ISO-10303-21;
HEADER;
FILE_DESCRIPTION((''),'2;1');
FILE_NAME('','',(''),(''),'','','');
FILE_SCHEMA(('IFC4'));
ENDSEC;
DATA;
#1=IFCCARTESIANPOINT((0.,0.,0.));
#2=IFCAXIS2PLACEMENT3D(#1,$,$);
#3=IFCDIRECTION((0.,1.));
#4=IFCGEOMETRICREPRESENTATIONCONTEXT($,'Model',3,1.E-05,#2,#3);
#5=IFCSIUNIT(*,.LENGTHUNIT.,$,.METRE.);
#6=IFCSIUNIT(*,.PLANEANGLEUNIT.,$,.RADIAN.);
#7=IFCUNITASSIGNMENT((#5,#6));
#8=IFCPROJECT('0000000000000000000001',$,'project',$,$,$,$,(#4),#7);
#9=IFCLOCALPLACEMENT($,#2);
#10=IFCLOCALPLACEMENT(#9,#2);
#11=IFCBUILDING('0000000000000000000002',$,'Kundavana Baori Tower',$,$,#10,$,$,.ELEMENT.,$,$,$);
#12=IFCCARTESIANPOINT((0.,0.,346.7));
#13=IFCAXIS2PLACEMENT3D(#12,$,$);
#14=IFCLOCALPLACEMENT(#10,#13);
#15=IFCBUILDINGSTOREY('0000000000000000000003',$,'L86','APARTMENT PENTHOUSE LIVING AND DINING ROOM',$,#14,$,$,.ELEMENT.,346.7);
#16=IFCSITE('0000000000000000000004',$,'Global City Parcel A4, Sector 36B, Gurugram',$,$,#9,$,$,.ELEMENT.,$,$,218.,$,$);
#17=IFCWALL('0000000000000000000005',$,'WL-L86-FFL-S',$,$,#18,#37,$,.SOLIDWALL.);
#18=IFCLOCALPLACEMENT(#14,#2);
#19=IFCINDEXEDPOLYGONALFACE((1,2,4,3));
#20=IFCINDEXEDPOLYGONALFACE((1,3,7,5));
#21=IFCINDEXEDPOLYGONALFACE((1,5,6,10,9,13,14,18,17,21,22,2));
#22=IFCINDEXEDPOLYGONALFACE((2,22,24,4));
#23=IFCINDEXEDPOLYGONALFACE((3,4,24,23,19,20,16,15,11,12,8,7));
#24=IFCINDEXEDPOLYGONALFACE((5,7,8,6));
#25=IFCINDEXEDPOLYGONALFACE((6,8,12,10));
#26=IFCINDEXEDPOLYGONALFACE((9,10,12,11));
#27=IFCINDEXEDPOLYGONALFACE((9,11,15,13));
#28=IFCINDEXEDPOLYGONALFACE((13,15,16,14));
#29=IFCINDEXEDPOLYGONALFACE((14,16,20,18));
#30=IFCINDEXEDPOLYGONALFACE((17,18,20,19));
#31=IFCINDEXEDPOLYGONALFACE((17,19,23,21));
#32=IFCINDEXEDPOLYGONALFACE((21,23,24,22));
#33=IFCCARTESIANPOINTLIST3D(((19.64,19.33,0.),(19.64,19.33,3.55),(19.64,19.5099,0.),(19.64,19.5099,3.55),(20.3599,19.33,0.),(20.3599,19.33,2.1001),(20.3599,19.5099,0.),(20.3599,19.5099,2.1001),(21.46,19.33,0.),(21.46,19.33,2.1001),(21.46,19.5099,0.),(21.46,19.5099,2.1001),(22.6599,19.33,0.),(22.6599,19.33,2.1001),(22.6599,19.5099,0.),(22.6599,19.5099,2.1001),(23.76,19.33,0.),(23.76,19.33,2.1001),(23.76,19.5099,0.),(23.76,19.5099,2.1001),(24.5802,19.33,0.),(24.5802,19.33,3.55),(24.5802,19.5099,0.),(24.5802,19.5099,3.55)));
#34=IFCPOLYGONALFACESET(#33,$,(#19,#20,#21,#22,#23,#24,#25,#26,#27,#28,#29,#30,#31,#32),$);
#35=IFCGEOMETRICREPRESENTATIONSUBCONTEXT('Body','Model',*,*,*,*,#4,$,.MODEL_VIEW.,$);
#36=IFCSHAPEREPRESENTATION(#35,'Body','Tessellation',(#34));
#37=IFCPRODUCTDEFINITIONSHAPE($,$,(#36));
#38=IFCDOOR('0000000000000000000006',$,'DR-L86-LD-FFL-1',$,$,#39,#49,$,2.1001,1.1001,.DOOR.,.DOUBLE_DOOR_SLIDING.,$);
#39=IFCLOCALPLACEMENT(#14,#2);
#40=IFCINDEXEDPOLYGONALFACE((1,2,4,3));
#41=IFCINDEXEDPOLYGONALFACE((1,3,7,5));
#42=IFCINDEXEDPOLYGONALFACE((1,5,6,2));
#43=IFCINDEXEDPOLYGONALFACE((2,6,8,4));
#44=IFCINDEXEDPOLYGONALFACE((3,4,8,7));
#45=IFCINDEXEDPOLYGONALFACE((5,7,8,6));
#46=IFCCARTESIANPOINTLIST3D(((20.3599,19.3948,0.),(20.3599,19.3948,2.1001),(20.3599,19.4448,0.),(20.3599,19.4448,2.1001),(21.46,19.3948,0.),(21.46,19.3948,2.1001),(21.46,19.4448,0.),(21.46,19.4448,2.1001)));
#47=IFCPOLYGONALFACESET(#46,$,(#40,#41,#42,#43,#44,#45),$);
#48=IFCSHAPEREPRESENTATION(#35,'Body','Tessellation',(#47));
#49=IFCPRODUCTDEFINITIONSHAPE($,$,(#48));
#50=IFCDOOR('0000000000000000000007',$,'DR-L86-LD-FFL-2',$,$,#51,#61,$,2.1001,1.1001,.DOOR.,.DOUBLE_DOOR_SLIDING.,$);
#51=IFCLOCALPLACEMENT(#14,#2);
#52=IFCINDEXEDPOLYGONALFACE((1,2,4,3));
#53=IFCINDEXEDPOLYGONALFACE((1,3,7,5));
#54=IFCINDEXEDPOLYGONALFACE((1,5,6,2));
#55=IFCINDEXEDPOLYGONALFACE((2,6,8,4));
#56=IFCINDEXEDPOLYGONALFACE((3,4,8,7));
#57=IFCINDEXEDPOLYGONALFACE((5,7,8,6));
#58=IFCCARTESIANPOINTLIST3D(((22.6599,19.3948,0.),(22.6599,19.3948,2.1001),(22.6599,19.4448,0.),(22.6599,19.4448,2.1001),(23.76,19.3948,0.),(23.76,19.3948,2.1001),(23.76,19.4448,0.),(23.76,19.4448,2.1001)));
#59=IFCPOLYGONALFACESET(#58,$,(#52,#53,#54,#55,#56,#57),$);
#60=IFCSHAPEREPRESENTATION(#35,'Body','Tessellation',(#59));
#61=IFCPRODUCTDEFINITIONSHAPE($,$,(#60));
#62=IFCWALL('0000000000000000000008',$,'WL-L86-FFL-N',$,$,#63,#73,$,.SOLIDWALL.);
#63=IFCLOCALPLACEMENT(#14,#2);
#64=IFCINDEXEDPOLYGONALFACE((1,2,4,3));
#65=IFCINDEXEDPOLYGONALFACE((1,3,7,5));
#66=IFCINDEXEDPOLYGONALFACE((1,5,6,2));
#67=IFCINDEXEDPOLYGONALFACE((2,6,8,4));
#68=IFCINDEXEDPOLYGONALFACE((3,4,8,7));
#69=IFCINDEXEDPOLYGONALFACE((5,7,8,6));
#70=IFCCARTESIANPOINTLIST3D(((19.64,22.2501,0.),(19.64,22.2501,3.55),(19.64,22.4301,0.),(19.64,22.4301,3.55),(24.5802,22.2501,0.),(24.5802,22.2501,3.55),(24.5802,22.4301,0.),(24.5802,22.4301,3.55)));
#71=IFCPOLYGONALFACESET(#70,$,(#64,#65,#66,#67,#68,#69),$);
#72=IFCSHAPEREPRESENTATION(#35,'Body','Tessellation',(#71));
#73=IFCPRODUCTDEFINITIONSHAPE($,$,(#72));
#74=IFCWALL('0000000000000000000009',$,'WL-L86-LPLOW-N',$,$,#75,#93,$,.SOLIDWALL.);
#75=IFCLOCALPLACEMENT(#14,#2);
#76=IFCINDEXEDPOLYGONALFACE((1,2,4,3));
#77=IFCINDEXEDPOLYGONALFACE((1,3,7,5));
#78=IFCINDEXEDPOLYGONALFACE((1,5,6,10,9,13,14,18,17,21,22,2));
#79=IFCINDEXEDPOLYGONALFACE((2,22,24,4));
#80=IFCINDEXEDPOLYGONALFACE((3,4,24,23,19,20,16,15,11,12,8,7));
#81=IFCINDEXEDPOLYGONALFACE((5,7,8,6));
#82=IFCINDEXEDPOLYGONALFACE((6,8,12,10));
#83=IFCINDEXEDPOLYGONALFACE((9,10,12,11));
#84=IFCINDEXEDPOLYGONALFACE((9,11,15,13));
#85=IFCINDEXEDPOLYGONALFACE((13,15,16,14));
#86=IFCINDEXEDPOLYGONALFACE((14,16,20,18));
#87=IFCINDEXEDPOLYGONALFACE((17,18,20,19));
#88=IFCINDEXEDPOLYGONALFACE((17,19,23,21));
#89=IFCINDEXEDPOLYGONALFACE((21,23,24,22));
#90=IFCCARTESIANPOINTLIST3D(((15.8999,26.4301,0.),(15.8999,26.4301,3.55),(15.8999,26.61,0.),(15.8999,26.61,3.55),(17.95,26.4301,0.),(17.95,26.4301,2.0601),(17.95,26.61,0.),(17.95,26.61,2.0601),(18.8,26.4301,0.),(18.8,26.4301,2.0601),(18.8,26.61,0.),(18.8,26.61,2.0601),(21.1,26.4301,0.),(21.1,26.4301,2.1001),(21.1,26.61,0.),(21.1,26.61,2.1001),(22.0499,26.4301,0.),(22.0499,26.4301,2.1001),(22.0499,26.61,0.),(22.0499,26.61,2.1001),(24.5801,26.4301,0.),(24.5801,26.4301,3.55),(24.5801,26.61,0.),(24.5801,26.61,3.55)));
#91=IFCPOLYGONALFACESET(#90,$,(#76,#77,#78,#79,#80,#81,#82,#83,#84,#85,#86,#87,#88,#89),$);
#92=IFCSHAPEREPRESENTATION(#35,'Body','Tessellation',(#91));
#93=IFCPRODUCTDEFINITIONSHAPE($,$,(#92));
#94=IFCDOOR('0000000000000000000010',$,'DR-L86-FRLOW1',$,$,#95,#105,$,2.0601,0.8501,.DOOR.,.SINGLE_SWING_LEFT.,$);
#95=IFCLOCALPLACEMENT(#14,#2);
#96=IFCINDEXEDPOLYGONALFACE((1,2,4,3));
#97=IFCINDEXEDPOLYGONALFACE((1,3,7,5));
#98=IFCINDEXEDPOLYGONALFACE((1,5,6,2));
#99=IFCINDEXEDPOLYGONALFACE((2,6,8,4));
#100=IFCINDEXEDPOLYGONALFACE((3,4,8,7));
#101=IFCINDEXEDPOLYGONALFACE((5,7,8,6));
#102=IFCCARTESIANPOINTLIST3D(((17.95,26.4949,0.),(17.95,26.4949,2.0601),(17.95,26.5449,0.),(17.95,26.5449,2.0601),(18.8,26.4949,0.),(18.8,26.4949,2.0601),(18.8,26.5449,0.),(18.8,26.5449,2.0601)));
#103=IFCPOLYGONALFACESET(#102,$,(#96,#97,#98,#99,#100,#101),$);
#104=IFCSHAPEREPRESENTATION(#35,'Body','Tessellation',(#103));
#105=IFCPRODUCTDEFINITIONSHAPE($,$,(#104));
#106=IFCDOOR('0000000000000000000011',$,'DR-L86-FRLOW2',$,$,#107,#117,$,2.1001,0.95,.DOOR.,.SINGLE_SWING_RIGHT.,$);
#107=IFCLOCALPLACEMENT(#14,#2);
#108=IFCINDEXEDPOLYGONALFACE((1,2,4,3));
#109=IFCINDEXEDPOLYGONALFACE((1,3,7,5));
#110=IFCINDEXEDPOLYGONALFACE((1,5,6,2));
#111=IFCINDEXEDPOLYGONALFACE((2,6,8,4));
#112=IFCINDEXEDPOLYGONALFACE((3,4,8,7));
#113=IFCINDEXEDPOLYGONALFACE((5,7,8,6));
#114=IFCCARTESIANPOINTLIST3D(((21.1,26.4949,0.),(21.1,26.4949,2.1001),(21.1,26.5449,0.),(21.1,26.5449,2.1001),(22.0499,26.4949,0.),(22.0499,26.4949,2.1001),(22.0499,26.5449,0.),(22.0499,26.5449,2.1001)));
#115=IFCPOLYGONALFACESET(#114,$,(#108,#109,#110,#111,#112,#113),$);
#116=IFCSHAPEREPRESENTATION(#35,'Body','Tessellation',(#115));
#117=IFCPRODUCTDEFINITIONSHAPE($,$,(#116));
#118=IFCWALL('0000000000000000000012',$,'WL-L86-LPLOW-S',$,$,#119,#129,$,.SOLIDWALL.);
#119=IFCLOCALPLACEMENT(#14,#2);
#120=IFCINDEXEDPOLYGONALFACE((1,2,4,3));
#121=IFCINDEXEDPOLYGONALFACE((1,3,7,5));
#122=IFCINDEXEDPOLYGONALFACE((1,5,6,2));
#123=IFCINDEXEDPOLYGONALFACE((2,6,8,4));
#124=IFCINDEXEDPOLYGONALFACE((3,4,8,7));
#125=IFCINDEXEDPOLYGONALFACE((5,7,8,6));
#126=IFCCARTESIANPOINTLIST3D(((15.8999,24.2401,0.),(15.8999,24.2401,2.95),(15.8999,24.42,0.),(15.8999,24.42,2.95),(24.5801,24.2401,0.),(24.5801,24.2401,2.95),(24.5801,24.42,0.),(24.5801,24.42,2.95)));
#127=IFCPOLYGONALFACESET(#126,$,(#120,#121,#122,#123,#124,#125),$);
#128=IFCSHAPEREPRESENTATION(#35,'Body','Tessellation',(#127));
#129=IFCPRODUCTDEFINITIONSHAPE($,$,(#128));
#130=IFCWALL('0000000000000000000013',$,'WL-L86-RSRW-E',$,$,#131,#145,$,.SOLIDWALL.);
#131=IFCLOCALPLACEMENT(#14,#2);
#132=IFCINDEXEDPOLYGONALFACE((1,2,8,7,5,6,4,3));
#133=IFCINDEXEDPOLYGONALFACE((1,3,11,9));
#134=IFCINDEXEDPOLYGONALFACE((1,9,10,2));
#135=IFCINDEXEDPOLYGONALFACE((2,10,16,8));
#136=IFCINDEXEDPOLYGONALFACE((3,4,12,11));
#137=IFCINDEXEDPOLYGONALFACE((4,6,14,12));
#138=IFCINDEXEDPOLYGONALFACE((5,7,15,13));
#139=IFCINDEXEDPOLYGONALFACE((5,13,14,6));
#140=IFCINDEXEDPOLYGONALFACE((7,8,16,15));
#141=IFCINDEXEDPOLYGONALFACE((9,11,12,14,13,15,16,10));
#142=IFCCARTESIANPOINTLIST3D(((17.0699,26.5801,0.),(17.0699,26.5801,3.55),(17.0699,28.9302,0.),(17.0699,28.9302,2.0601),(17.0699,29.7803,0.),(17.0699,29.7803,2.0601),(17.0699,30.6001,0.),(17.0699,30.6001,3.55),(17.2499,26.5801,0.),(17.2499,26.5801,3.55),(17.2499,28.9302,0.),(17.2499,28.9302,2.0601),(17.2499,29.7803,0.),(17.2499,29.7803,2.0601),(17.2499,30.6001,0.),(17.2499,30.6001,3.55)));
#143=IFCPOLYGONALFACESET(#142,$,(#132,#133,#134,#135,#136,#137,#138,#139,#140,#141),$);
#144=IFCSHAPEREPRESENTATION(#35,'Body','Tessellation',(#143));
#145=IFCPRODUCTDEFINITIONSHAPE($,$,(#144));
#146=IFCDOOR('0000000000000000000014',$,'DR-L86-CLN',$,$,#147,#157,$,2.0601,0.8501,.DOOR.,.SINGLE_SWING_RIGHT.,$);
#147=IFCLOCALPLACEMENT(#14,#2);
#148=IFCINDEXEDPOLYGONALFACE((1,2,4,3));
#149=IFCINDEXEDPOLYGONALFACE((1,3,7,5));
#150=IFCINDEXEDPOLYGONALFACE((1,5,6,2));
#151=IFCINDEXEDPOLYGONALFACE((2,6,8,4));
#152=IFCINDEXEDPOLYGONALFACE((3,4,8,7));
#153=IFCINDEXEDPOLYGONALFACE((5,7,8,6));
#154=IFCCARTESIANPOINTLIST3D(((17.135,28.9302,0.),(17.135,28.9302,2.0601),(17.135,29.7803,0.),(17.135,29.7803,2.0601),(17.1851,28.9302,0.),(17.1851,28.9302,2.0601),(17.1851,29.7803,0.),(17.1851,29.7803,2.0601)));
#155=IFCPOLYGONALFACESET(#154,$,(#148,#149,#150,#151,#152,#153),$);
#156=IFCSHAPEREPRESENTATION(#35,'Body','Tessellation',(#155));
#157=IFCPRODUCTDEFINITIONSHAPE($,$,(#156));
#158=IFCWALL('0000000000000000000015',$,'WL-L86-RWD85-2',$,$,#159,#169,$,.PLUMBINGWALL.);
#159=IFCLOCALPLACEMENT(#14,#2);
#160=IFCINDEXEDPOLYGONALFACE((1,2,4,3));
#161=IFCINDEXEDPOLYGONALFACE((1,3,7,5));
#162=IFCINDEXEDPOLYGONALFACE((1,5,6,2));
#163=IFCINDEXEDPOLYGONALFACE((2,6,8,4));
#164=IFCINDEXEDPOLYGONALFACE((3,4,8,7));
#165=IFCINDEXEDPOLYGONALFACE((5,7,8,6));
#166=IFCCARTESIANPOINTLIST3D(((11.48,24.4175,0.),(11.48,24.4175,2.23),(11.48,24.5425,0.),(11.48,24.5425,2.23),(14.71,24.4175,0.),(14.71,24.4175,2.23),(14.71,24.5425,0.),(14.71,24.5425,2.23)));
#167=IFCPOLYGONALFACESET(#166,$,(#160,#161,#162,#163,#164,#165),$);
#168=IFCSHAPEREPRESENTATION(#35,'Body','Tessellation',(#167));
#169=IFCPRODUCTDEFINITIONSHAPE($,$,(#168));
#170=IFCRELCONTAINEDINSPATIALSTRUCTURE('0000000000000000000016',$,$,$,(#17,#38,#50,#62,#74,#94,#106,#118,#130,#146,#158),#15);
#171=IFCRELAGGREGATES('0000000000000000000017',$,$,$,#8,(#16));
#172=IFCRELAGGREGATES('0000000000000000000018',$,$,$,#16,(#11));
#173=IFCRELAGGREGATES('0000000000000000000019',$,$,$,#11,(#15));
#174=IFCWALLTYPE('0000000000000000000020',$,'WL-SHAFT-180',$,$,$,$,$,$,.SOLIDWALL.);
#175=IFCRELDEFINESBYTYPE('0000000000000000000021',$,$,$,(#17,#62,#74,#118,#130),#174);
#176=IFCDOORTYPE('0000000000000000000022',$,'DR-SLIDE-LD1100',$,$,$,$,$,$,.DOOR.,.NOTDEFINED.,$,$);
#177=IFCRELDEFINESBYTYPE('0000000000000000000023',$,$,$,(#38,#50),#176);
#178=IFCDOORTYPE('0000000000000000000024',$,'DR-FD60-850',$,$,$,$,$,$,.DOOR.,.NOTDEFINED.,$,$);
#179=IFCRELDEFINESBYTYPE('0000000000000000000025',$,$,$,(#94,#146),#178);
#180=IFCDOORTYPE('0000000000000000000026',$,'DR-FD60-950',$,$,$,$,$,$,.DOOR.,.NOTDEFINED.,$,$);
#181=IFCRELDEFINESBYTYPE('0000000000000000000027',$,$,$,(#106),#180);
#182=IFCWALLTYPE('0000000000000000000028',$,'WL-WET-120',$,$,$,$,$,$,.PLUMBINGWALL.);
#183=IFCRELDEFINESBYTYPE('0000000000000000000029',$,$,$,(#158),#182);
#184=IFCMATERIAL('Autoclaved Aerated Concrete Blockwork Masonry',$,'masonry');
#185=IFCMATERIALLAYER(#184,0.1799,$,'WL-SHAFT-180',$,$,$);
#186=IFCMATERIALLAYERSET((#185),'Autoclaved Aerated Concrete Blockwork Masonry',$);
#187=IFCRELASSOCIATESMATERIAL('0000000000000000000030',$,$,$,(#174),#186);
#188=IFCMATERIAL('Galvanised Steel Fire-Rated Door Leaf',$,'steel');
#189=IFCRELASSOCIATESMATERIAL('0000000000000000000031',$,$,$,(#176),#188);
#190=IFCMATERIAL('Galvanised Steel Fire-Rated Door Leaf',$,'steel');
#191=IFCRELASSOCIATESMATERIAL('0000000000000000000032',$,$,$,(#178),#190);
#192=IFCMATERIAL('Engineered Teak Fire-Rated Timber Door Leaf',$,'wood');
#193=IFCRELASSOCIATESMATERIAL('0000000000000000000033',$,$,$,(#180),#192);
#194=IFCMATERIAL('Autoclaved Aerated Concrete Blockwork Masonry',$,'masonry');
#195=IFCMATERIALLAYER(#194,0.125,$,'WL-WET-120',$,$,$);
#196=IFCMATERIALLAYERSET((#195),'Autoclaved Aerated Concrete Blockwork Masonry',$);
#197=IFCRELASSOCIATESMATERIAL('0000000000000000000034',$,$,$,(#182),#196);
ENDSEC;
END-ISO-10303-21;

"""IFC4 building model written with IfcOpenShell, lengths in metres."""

from ifc_helpers import new_model, si_unit, direction, frame, frame_2d, origin, place, context, subcontext, project, spatial, rectangle, extrude, material, layer, layer_set, type_object, element, fill, save


model = new_model("IFC4")

# Units and contexts
model_context = context("Model", 3, precision=1e-05, world=origin(), true_north=direction((0.0, 1.0)))
body_context = subcontext(model_context, "Body", "Model", "MODEL_VIEW")
ifc_project = project(units=[si_unit("LENGTHUNIT", "METRE"), si_unit("PLANEANGLEUNIT", "RADIAN")], contexts=[model_context])

# Site, building, storey
site_placement = place(None, origin())
site = spatial("IfcSite", under=ifc_project, at=site_placement, Name="Global City Parcel A4, Sector 36B, Gurugram", CompositionType="ELEMENT", RefElevation=218.0)
building_placement = place(site_placement, origin())
building = spatial("IfcBuilding", under=site, at=building_placement, Name="Kundavana Baori Tower", CompositionType="ELEMENT")
storey_placement = place(building_placement, frame((0.0, 0.0, 346.7)))
storey = spatial("IfcBuildingStorey", under=building, at=storey_placement, Name="L86", Description="APARTMENT PENTHOUSE LIVING AND DINING ROOM", CompositionType="ELEMENT", Elevation=346.7)

# Wall, openings, doors
ifc_material_1 = material(Name="Autoclaved Aerated Concrete Blockwork Masonry", Category="masonry")
ifc_layer_1 = layer(ifc_material_1, 0.1799, Name="WL-SHAFT-180")
ifc_layer_set_1 = layer_set([ifc_layer_1], Name="Autoclaved Aerated Concrete Blockwork Masonry")
wall_type_1 = type_object("IfcWallType", Name="WL-SHAFT-180", PredefinedType="SOLIDWALL", material=ifc_layer_set_1)
wall_1_placement = place(storey_placement, frame((19.6399, 19.4199, 0.0), z_axis=(0.0, 0.0, 1.0), x_axis=(1.0, 0.0, 0.0)))
wall_1 = element("IfcWall", 1, at=wall_1_placement, inside=storey, type_object=wall_type_1, Name="WL-L86-FFL-S", PredefinedType="SOLIDWALL", context=body_context, shape_type="SweptSolid", body=[
    extrude(rectangle(XDim=4.9402, YDim=0.1799, at=frame_2d((2.4702, 0.0))), origin(), (0.0, 0.0, 1.0), 3.55),
])
opening_1_placement = place(wall_1_placement, frame((0.72, 0.0, 0.0)))
opening_1 = element("IfcOpeningElement", 2, at=opening_1_placement, cuts=wall_1, PredefinedType="OPENING", context=body_context, shape_type="SweptSolid", body=[
    extrude(rectangle(XDim=1.1001, YDim=2.1001, at=frame_2d((0.55, 1.05))), frame((0.0, 0.1001, 0.0), z_axis=(0.0, -1.0, 0.0), x_axis=(1.0, 0.0, 0.0)), (0.0, 0.0, 1.0), 0.2),
])
opening_2_placement = place(wall_1_placement, frame((3.02, 0.0, 0.0)))
opening_2 = element("IfcOpeningElement", 3, at=opening_2_placement, cuts=wall_1, PredefinedType="OPENING", context=body_context, shape_type="SweptSolid", body=[
    extrude(rectangle(XDim=1.1001, YDim=2.1001, at=frame_2d((0.55, 1.05))), frame((0.0, 0.1001, 0.0), z_axis=(0.0, -1.0, 0.0), x_axis=(1.0, 0.0, 0.0)), (0.0, 0.0, 1.0), 0.2),
])
ifc_material_2 = material(Name="Galvanised Steel Fire-Rated Door Leaf", Category="steel")
door_type_1 = type_object("IfcDoorType", Name="DR-SLIDE-LD1100", OperationType="NOTDEFINED", PredefinedType="DOOR", material=ifc_material_2)
door_1_placement = place(opening_1_placement, origin())
door_1 = element("IfcDoor", 4, at=door_1_placement, inside=storey, type_object=door_type_1, Name="DR-L86-LD-FFL-1", OperationType="DOUBLE_DOOR_SLIDING", OverallHeight=2.1001, OverallWidth=1.1001, PredefinedType="DOOR", context=body_context, shape_type="SweptSolid", body=[
    extrude(rectangle(XDim=1.1001, YDim=2.1001, at=frame_2d((0.55, 1.05))), frame((0.0, 0.0249, 0.0), z_axis=(0.0, -1.0, 0.0), x_axis=(1.0, 0.0, 0.0)), (0.0, 0.0, 1.0), 0.05),
])
fill(opening_1, door_1)
door_2_placement = place(opening_2_placement, origin())
door_2 = element("IfcDoor", 5, at=door_2_placement, inside=storey, type_object=door_type_1, Name="DR-L86-LD-FFL-2", OperationType="DOUBLE_DOOR_SLIDING", OverallHeight=2.1001, OverallWidth=1.1001, PredefinedType="DOOR", context=body_context, shape_type="SweptSolid", body=[
    extrude(rectangle(XDim=1.1001, YDim=2.1001, at=frame_2d((0.55, 1.05))), frame((0.0, 0.0249, 0.0), z_axis=(0.0, -1.0, 0.0), x_axis=(1.0, 0.0, 0.0)), (0.0, 0.0, 1.0), 0.05),
])
fill(opening_2, door_2)

# Wall
wall_2_placement = place(storey_placement, frame((19.6399, 22.3401, 0.0), z_axis=(0.0, 0.0, 1.0), x_axis=(1.0, 0.0, 0.0)))
element("IfcWall", 6, at=wall_2_placement, inside=storey, type_object=wall_type_1, Name="WL-L86-FFL-N", PredefinedType="SOLIDWALL", context=body_context, shape_type="SweptSolid", body=[
    extrude(rectangle(XDim=4.9402, YDim=0.1799, at=frame_2d((2.4702, 0.0))), origin(), (0.0, 0.0, 1.0), 3.55),
])

# Wall, openings, doors
wall_3_placement = place(storey_placement, frame((15.8999, 26.52, 0.0), z_axis=(0.0, 0.0, 1.0), x_axis=(1.0, 0.0, 0.0)))
wall_3 = element("IfcWall", 7, at=wall_3_placement, inside=storey, type_object=wall_type_1, Name="WL-L86-LPLOW-N", PredefinedType="SOLIDWALL", context=body_context, shape_type="SweptSolid", body=[
    extrude(rectangle(XDim=8.6802, YDim=0.1799, at=frame_2d((4.3401, 0.0))), origin(), (0.0, 0.0, 1.0), 3.55),
])
opening_3_placement = place(wall_3_placement, frame((2.05, 0.0, 0.0)))
opening_3 = element("IfcOpeningElement", 8, at=opening_3_placement, cuts=wall_3, PredefinedType="OPENING", context=body_context, shape_type="SweptSolid", body=[
    extrude(rectangle(XDim=0.8501, YDim=2.0601, at=frame_2d((0.425, 1.03))), frame((0.0, 0.1001, 0.0), z_axis=(0.0, -1.0, 0.0), x_axis=(1.0, 0.0, 0.0)), (0.0, 0.0, 1.0), 0.2),
])
opening_4_placement = place(wall_3_placement, frame((5.2, 0.0, 0.0)))
opening_4 = element("IfcOpeningElement", 9, at=opening_4_placement, cuts=wall_3, PredefinedType="OPENING", context=body_context, shape_type="SweptSolid", body=[
    extrude(rectangle(XDim=0.95, YDim=2.1001, at=frame_2d((0.4751, 1.05))), frame((0.0, 0.1001, 0.0), z_axis=(0.0, -1.0, 0.0), x_axis=(1.0, 0.0, 0.0)), (0.0, 0.0, 1.0), 0.2),
])
ifc_material_3 = material(Name="Galvanised Steel Fire-Rated Door Leaf", Category="steel")
door_type_2 = type_object("IfcDoorType", Name="DR-FD60-850", OperationType="NOTDEFINED", PredefinedType="DOOR", material=ifc_material_3)
door_3_placement = place(opening_3_placement, origin())
door_3 = element("IfcDoor", 10, at=door_3_placement, inside=storey, type_object=door_type_2, Name="DR-L86-FRLOW1", OperationType="SINGLE_SWING_LEFT", OverallHeight=2.0601, OverallWidth=0.8501, PredefinedType="DOOR", context=body_context, shape_type="SweptSolid", body=[
    extrude(rectangle(XDim=0.8501, YDim=2.0601, at=frame_2d((0.425, 1.03))), frame((0.0, 0.0249, 0.0), z_axis=(0.0, -1.0, 0.0), x_axis=(1.0, 0.0, 0.0)), (0.0, 0.0, 1.0), 0.05),
])
fill(opening_3, door_3)
ifc_material_4 = material(Name="Engineered Teak Fire-Rated Timber Door Leaf", Category="wood")
door_type_3 = type_object("IfcDoorType", Name="DR-FD60-950", OperationType="NOTDEFINED", PredefinedType="DOOR", material=ifc_material_4)
door_4_placement = place(opening_4_placement, origin())
door_4 = element("IfcDoor", 11, at=door_4_placement, inside=storey, type_object=door_type_3, Name="DR-L86-FRLOW2", OperationType="SINGLE_SWING_RIGHT", OverallHeight=2.1001, OverallWidth=0.95, PredefinedType="DOOR", context=body_context, shape_type="SweptSolid", body=[
    extrude(rectangle(XDim=0.95, YDim=2.1001, at=frame_2d((0.4751, 1.05))), frame((0.0, 0.0249, 0.0), z_axis=(0.0, -1.0, 0.0), x_axis=(1.0, 0.0, 0.0)), (0.0, 0.0, 1.0), 0.05),
])
fill(opening_4, door_4)

# Wall
wall_4_placement = place(storey_placement, frame((15.8999, 24.3301, 0.0), z_axis=(0.0, 0.0, 1.0), x_axis=(1.0, 0.0, 0.0)))
element("IfcWall", 12, at=wall_4_placement, inside=storey, type_object=wall_type_1, Name="WL-L86-LPLOW-S", PredefinedType="SOLIDWALL", context=body_context, shape_type="SweptSolid", body=[
    extrude(rectangle(XDim=8.6802, YDim=0.1799, at=frame_2d((4.3401, 0.0))), origin(), (0.0, 0.0, 1.0), 2.95),
])

# Wall, opening, door
wall_5_placement = place(storey_placement, frame((17.1599, 26.5801, 0.0), z_axis=(0.0, 0.0, 1.0), x_axis=(0.0, 1.0, 0.0)))
wall_5 = element("IfcWall", 13, at=wall_5_placement, inside=storey, type_object=wall_type_1, Name="WL-L86-RSRW-E", PredefinedType="SOLIDWALL", context=body_context, shape_type="SweptSolid", body=[
    extrude(rectangle(XDim=4.02, YDim=0.1799, at=frame_2d((2.01, 0.0))), origin(), (0.0, 0.0, 1.0), 3.55),
])
opening_5_placement = place(wall_5_placement, frame((2.3501, 0.0, 0.0)))
opening_5 = element("IfcOpeningElement", 14, at=opening_5_placement, cuts=wall_5, PredefinedType="OPENING", context=body_context, shape_type="SweptSolid", body=[
    extrude(rectangle(XDim=0.8501, YDim=2.0601, at=frame_2d((0.425, 1.03))), frame((0.0, 0.1001, 0.0), z_axis=(0.0, -1.0, 0.0), x_axis=(1.0, 0.0, 0.0)), (0.0, 0.0, 1.0), 0.2),
])
door_5_placement = place(opening_5_placement, origin())
door_5 = element("IfcDoor", 15, at=door_5_placement, inside=storey, type_object=door_type_2, Name="DR-L86-CLN", OperationType="SINGLE_SWING_RIGHT", OverallHeight=2.0601, OverallWidth=0.8501, PredefinedType="DOOR", context=body_context, shape_type="SweptSolid", body=[
    extrude(rectangle(XDim=0.8501, YDim=2.0601, at=frame_2d((0.425, 1.03))), frame((0.0, 0.0249, 0.0), z_axis=(0.0, -1.0, 0.0), x_axis=(1.0, 0.0, 0.0)), (0.0, 0.0, 1.0), 0.05),
])
fill(opening_5, door_5)

# Wall
ifc_material_5 = material(Name="Autoclaved Aerated Concrete Blockwork Masonry", Category="masonry")
ifc_layer_2 = layer(ifc_material_5, 0.125, Name="WL-WET-120")
ifc_layer_set_2 = layer_set([ifc_layer_2], Name="Autoclaved Aerated Concrete Blockwork Masonry")
wall_type_2 = type_object("IfcWallType", Name="WL-WET-120", PredefinedType="PLUMBINGWALL", material=ifc_layer_set_2)
wall_6_placement = place(storey_placement, frame((11.48, 24.48, 0.0), z_axis=(0.0, 0.0, 1.0), x_axis=(1.0, 0.0, 0.0)))
element("IfcWall", 16, at=wall_6_placement, inside=storey, type_object=wall_type_2, Name="WL-L86-RWD85-2", PredefinedType="PLUMBINGWALL", context=body_context, shape_type="SweptSolid", body=[
    extrude(rectangle(XDim=3.23, YDim=0.125, at=frame_2d((1.615, 0.0))), origin(), (0.0, 0.0, 1.0), 2.23),
])

save(model, "model.ifc")
